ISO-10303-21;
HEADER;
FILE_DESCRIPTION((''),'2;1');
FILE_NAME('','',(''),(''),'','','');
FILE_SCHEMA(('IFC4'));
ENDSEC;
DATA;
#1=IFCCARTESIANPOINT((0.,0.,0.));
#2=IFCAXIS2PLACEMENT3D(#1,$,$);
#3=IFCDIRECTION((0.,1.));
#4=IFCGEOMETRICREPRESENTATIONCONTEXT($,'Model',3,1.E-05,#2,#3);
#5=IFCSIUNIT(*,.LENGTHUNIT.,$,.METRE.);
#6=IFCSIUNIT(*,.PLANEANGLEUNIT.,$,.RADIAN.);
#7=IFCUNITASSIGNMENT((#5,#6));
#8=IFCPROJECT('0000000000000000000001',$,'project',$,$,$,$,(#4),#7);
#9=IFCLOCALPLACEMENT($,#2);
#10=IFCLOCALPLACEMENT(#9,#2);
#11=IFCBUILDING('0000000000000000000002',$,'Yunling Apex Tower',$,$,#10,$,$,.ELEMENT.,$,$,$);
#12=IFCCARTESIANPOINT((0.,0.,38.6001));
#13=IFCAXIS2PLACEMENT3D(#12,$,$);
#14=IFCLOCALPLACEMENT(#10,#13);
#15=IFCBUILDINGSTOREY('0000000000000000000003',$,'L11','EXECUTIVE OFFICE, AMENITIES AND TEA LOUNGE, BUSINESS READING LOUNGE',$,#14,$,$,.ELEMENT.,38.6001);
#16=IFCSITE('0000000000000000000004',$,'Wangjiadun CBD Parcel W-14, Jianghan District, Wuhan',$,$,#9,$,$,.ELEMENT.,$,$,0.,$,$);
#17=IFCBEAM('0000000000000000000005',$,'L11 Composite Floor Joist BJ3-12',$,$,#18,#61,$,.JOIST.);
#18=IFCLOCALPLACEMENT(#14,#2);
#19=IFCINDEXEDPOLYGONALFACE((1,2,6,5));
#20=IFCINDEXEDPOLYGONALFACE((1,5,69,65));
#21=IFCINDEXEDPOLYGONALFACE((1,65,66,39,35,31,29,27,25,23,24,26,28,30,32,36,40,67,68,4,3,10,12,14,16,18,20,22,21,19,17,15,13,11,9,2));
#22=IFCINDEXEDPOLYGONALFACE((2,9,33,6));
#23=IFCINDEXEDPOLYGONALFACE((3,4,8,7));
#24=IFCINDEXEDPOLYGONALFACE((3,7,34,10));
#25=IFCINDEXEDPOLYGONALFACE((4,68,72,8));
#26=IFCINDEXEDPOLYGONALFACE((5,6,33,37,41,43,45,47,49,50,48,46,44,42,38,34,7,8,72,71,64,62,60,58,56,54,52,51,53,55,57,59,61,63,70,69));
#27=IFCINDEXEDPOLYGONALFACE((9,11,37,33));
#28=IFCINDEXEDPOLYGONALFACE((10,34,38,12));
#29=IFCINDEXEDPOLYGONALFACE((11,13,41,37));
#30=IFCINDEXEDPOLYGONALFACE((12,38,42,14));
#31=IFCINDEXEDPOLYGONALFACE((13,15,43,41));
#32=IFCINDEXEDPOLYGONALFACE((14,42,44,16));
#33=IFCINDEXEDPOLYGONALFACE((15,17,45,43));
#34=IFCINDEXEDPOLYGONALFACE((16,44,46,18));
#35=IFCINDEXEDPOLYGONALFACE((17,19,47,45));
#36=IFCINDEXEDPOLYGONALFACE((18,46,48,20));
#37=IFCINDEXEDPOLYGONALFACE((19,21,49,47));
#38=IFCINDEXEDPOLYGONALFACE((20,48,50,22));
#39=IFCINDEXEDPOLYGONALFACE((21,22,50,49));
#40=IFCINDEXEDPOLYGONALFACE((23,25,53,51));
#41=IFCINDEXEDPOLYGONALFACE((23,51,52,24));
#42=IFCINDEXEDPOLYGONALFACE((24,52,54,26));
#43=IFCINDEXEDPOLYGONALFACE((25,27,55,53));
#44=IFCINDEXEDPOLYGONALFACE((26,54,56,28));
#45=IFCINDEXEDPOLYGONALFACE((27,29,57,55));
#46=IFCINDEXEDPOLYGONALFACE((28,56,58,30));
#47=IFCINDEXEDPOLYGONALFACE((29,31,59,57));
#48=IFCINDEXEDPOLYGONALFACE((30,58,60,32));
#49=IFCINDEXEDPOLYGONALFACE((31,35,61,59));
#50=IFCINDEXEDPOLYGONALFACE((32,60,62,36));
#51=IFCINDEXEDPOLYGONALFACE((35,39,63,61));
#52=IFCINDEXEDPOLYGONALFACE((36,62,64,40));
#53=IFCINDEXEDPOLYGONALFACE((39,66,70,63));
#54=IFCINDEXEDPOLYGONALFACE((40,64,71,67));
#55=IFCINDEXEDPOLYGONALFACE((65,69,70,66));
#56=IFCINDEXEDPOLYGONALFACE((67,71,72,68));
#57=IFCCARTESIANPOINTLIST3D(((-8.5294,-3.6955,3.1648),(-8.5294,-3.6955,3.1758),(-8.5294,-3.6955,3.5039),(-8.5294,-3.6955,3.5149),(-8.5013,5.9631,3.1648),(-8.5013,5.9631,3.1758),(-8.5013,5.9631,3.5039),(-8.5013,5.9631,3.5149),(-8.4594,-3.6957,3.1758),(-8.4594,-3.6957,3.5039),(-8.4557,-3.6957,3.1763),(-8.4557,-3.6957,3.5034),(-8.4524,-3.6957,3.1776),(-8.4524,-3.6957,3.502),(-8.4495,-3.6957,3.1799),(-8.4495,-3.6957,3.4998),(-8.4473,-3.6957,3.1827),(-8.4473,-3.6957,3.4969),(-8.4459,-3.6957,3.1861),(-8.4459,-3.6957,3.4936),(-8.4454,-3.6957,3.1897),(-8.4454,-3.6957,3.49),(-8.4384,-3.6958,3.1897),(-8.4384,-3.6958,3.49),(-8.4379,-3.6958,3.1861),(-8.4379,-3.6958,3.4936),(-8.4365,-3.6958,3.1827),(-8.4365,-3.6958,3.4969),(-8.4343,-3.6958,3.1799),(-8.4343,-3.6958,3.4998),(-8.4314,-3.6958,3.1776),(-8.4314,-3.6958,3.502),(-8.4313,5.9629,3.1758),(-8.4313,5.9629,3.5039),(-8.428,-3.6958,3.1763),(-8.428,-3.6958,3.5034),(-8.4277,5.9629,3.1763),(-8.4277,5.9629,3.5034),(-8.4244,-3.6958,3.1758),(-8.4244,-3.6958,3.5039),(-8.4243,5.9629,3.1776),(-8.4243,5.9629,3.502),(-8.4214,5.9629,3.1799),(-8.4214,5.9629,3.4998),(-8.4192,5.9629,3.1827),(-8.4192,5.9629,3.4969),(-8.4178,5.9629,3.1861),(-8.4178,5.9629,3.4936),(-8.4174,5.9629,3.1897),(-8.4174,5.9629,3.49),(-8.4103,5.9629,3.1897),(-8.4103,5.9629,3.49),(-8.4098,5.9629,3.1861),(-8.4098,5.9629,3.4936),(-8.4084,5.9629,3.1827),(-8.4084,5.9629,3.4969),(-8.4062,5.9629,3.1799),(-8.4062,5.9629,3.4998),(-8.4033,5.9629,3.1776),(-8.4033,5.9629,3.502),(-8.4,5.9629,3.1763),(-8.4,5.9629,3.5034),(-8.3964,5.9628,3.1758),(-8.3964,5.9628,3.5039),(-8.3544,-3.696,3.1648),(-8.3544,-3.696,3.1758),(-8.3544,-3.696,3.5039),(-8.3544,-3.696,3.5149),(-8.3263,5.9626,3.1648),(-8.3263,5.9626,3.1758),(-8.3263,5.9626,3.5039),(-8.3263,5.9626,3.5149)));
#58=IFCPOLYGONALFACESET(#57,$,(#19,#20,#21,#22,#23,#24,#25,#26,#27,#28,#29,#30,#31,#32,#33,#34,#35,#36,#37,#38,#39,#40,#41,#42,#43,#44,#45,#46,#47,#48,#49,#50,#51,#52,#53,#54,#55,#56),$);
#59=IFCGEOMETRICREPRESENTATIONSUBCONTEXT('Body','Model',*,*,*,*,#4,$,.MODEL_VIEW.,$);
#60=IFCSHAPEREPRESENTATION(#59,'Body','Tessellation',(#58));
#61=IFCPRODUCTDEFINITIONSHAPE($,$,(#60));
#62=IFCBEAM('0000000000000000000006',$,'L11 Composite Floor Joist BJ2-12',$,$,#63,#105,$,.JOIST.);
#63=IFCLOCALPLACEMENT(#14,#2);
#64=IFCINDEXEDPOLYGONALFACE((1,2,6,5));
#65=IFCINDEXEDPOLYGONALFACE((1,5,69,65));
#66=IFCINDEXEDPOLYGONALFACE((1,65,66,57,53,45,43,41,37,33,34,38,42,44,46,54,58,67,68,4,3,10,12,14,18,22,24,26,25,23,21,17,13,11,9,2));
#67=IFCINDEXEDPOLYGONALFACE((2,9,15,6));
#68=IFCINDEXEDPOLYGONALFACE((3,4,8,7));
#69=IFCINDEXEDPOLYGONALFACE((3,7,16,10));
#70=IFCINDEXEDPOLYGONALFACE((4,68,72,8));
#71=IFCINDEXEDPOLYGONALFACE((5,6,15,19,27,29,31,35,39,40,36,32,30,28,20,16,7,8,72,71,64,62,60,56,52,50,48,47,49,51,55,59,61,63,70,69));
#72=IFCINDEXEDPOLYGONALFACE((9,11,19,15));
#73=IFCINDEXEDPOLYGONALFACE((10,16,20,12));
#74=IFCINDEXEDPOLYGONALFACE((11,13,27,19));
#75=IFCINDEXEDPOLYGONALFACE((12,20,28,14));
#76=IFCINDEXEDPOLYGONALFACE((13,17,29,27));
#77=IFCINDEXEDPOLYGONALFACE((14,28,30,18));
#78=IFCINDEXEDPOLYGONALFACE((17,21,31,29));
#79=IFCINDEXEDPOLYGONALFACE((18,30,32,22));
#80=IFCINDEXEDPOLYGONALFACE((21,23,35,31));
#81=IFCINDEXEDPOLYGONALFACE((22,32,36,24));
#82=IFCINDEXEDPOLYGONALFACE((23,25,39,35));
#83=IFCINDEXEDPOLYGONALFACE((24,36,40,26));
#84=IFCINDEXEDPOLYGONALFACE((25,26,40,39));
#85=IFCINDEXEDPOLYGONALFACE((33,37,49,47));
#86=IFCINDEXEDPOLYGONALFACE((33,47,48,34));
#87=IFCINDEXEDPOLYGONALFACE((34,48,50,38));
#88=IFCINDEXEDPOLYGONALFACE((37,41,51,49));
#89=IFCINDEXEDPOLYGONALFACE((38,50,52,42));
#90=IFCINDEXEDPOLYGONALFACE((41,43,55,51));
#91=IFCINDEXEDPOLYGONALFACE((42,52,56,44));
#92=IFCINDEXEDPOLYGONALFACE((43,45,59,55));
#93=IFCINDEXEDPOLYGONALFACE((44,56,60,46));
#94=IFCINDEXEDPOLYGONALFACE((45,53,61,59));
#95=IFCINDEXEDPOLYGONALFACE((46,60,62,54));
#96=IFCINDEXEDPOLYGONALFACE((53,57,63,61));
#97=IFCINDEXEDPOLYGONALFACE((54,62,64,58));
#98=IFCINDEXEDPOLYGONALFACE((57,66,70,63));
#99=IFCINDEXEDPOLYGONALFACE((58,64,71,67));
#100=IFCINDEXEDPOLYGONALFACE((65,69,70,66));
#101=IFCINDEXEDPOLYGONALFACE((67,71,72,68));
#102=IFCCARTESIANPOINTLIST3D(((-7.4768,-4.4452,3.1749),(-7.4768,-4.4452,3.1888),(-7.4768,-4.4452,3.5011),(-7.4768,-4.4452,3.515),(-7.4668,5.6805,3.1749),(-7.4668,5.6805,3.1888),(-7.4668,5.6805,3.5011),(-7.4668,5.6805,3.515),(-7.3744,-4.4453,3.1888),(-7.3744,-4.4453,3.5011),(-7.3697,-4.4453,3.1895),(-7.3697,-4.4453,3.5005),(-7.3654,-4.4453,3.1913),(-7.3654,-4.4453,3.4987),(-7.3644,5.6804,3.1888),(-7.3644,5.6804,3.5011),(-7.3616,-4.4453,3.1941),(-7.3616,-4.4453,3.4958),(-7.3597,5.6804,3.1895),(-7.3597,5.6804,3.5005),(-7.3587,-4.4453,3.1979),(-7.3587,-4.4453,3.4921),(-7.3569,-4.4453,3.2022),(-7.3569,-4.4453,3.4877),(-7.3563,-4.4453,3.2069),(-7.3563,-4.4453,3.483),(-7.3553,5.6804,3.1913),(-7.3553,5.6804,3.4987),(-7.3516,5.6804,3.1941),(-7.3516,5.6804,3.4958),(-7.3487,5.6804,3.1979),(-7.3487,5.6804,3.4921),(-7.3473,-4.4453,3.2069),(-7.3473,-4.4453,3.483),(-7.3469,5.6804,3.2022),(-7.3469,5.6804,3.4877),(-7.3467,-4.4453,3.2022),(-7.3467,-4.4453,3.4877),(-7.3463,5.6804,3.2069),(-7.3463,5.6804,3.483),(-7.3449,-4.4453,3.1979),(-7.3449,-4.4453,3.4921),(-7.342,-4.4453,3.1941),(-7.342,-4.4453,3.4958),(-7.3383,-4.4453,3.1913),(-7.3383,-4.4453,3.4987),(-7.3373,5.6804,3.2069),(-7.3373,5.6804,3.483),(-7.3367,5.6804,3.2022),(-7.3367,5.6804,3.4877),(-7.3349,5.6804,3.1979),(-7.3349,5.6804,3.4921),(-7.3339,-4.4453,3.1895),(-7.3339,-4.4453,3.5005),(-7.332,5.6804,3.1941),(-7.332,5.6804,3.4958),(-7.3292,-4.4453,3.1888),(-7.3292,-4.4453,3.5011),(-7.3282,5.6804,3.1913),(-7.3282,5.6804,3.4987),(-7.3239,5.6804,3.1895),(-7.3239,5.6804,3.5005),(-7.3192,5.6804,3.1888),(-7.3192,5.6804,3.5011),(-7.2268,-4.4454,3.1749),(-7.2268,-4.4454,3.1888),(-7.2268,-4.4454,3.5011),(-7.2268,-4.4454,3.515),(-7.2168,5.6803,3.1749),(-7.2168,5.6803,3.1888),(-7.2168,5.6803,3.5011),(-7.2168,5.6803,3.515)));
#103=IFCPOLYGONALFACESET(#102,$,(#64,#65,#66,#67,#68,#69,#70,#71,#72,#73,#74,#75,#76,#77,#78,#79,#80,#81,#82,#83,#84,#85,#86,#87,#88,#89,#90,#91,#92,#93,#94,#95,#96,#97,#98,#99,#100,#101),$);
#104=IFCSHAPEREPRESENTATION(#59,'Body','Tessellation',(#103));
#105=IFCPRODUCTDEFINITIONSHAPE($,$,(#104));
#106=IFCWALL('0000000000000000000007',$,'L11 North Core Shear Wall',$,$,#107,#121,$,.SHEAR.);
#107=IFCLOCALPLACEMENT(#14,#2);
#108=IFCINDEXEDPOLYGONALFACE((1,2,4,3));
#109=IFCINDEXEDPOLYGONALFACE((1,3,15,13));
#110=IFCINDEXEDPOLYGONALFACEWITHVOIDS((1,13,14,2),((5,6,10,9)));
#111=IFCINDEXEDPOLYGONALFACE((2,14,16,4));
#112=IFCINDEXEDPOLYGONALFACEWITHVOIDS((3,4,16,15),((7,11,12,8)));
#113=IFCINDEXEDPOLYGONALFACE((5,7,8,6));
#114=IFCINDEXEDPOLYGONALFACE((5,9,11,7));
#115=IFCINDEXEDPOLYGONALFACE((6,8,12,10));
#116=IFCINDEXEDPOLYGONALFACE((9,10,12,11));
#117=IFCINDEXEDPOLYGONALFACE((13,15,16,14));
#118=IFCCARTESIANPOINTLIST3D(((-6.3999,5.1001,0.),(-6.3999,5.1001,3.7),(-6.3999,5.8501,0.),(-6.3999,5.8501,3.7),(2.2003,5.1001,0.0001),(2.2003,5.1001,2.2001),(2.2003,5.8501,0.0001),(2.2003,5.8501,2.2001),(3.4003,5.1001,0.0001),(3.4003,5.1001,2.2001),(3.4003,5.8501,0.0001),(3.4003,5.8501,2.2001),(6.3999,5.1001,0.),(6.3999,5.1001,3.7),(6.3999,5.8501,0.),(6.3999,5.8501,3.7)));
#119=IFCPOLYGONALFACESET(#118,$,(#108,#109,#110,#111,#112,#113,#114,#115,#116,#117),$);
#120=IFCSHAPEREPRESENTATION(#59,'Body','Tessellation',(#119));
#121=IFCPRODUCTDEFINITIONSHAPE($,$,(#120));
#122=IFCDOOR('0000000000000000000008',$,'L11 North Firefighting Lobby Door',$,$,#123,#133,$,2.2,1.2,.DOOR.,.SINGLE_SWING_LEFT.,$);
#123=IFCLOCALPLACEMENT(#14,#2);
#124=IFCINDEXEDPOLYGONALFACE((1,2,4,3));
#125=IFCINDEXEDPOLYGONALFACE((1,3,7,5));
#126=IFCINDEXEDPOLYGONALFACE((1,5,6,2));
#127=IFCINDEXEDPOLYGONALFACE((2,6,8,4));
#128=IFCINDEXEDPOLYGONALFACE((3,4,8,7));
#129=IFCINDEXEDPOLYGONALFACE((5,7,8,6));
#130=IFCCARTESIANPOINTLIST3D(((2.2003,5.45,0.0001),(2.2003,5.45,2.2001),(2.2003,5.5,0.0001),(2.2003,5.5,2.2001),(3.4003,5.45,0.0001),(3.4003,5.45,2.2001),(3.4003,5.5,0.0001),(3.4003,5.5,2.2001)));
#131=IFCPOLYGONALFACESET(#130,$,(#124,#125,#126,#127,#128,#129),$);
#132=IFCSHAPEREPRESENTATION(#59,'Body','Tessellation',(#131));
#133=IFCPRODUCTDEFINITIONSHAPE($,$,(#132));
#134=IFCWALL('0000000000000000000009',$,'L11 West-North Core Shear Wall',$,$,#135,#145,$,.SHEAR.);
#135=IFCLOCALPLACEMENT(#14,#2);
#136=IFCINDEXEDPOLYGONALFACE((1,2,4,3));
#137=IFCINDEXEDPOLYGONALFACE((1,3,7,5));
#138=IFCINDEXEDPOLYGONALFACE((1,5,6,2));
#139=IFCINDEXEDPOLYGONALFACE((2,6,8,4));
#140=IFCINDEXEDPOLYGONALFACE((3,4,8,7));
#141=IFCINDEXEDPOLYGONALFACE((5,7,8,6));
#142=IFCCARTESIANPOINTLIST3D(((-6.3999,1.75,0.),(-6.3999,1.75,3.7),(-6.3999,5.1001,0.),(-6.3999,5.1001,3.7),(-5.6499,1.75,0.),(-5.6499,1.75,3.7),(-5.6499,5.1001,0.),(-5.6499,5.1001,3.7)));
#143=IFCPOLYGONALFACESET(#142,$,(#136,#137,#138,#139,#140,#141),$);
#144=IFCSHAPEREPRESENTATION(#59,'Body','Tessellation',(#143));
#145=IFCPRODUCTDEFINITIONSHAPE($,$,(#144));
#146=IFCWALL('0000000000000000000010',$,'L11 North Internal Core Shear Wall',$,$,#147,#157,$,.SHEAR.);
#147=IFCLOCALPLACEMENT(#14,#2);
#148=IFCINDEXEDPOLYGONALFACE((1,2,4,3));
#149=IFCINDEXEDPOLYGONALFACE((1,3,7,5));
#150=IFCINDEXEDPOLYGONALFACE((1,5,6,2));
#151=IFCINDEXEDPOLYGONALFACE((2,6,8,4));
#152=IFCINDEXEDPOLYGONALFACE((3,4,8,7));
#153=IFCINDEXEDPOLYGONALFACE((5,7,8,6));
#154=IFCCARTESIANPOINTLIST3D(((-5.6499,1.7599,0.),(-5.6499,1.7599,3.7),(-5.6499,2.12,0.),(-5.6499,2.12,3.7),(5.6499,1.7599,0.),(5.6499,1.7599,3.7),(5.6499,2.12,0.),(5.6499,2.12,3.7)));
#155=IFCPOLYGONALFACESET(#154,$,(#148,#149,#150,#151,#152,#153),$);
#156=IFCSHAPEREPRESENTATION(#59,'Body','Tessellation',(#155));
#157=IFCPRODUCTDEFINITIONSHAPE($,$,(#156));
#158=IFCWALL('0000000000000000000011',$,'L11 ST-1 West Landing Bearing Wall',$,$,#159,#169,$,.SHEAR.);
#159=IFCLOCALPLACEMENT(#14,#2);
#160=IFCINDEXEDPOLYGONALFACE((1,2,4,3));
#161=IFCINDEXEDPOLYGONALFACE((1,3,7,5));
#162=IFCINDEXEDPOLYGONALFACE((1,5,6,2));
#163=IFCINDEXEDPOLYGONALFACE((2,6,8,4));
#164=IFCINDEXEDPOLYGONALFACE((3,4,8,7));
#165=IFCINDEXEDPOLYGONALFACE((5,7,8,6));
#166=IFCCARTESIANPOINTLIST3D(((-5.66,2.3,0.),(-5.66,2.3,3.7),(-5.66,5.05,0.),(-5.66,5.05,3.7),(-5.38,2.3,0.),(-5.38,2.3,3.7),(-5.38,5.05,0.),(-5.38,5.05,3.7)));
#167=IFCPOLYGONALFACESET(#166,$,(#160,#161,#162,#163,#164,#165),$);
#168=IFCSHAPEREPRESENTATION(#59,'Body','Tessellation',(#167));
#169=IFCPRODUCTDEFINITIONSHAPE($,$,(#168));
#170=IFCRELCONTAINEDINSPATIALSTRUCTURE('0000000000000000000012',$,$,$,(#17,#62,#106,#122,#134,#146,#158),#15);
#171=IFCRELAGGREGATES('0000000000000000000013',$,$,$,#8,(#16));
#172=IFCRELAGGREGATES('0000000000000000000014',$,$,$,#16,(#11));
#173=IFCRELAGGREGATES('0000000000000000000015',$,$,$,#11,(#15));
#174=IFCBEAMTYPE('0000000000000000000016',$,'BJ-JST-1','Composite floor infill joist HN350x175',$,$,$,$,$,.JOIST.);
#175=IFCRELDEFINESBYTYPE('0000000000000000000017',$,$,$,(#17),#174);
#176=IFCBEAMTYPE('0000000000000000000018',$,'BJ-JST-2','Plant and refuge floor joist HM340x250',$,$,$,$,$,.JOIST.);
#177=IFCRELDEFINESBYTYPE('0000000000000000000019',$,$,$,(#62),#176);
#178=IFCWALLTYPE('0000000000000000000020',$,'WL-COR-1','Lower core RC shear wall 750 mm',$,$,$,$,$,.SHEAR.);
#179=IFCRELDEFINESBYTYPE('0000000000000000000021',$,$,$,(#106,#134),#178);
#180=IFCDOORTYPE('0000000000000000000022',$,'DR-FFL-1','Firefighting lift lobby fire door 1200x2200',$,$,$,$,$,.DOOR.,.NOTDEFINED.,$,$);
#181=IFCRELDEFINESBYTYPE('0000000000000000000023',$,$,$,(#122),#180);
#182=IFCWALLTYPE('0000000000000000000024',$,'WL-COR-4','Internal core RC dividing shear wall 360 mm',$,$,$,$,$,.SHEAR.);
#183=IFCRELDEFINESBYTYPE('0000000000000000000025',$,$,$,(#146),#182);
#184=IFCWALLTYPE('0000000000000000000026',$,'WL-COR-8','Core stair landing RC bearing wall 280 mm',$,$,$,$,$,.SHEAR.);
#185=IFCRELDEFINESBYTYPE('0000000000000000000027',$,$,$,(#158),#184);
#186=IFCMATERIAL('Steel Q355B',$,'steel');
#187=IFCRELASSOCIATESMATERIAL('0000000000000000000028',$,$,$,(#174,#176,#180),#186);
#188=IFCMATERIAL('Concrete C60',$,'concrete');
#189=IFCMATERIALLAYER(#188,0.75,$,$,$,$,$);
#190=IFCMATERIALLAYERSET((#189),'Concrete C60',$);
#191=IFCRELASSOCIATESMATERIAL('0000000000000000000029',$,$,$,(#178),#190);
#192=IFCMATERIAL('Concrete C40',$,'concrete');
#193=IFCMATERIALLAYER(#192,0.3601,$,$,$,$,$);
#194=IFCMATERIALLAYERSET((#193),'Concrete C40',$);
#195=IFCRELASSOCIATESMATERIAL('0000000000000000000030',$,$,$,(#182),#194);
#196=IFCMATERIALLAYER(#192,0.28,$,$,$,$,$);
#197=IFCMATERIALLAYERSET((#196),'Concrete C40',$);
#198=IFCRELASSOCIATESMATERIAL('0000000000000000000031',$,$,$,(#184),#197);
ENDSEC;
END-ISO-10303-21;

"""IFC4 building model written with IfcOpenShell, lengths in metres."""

from ifc_helpers import new_model, si_unit, direction, frame, frame_2d, origin, origin_2d, place, context, subcontext, project, spatial, rectangle, i_section, extrude, source, transform, mapped, material, layer, layer_set, material_profile, profile_set, type_object, element, fill, save


model = new_model("IFC4")

# Units and contexts
model_context = context("Model", 3, precision=1e-05, world=origin(), true_north=direction((0.0, 1.0)))
body_context = subcontext(model_context, "Body", "Model", "MODEL_VIEW")
ifc_project = project(units=[si_unit("LENGTHUNIT", "METRE"), si_unit("PLANEANGLEUNIT", "RADIAN")], contexts=[model_context])

# Site, building, storey
site_placement = place(None, origin())
site = spatial("IfcSite", under=ifc_project, at=site_placement, Name="Wangjiadun CBD Parcel W-14, Jianghan District, Wuhan", CompositionType="ELEMENT", RefElevation=0.0)
building_placement = place(site_placement, origin())
building = spatial("IfcBuilding", under=site, at=building_placement, Name="Yunling Apex Tower", CompositionType="ELEMENT")
storey_placement = place(building_placement, frame((0.0, 0.0, 38.6001)))
storey = spatial("IfcBuildingStorey", under=building, at=storey_placement, Name="L11", Description="EXECUTIVE OFFICE, AMENITIES AND TEA LOUNGE, BUSINESS READING LOUNGE", CompositionType="ELEMENT", Elevation=38.6001)

# Shared definitions
ifc_material_1 = material(Name="Concrete C60", Category="concrete")

# Beams
ifc_material_2 = material(Name="Steel Q355B", Category="steel")
ifc_material_profile_1 = material_profile(ifc_material_2, i_section(OverallWidth=0.175, OverallDepth=0.3501, WebThickness=0.0071, FlangeThickness=0.011, FilletRadius=0.0139, at=origin_2d()))
ifc_profile_set_1 = profile_set([ifc_material_profile_1], Name="Steel Q355B")
beam_type_1 = type_object("IfcBeamType", Name="BJ-JST-1", Description="Composite floor infill joist HN350x175", PredefinedType="JOIST", material=ifc_profile_set_1)
shared_shape_1 = source(origin(), body_context, "Body", "SweptSolid", [
    extrude(i_section(OverallWidth=0.175, OverallDepth=0.3501, WebThickness=0.0071, FlangeThickness=0.011, FilletRadius=0.0139, at=origin_2d()), origin(), (0.0, 0.0, 1.0), 9.6587),
])
beam_1_placement = place(storey_placement, frame((-8.4138, 5.9629, 3.3398), z_axis=(-0.002907, -0.999996, 0.0), x_axis=(0.999996, -0.002907, 0.0)))
element("IfcBeam", 1, at=beam_1_placement, inside=storey, type_object=beam_type_1, Name="L11 Composite Floor Joist BJ3-12", PredefinedType="JOIST", context=body_context, shape_type="MappedRepresentation", body=[
    mapped(shared_shape_1, transform((0.0, 0.0, 0.0), scale=1.0)),
])
ifc_material_profile_2 = material_profile(ifc_material_2, i_section(OverallWidth=0.25, OverallDepth=0.3401, WebThickness=0.009, FlangeThickness=0.0139, FilletRadius=0.0181, at=origin_2d()))
ifc_profile_set_2 = profile_set([ifc_material_profile_2], Name="Steel Q355B")
beam_type_2 = type_object("IfcBeamType", Name="BJ-JST-2", Description="Plant and refuge floor joist HM340x250", PredefinedType="JOIST", material=ifc_profile_set_2)
shared_shape_2 = source(origin(), body_context, "Body", "SweptSolid", [
    extrude(i_section(OverallWidth=0.25, OverallDepth=0.3401, WebThickness=0.009, FlangeThickness=0.0139, FilletRadius=0.0181, at=origin_2d()), origin(), (0.0, 0.0, 1.0), 10.1257),
])
beam_2_placement = place(storey_placement, frame((-7.3418, 5.6804, 3.345), z_axis=(-0.000989, -1.0, 0.0), x_axis=(1.0, -0.000989, 0.0)))
element("IfcBeam", 2, at=beam_2_placement, inside=storey, type_object=beam_type_2, Name="L11 Composite Floor Joist BJ2-12", PredefinedType="JOIST", context=body_context, shape_type="MappedRepresentation", body=[
    mapped(shared_shape_2, transform((0.0, 0.0, 0.0), scale=1.0)),
])

# Wall, opening, door
ifc_layer_1 = layer(ifc_material_1, 0.75)
ifc_layer_set_1 = layer_set([ifc_layer_1], Name="Concrete C60")
wall_type_1 = type_object("IfcWallType", Name="WL-COR-1", Description="Lower core RC shear wall 750 mm", PredefinedType="SHEAR", material=ifc_layer_set_1)
wall_1_placement = place(storey_placement, frame((-6.3999, 5.4751, 0.0), z_axis=(0.0, 0.0, 1.0), x_axis=(1.0, 0.0, 0.0)))
wall_1 = element("IfcWall", 3, at=wall_1_placement, inside=storey, type_object=wall_type_1, Name="L11 North Core Shear Wall", PredefinedType="SHEAR", context=body_context, shape_type="SweptSolid", body=[
    extrude(rectangle(XDim=12.7998, YDim=0.75, at=frame_2d((6.3999, 0.0))), origin(), (0.0, 0.0, 1.0), 3.7),
])
opening_1_placement = place(wall_1_placement, frame((8.6001, 0.0, 0.0)))
opening_1 = element("IfcOpeningElement", 4, at=opening_1_placement, cuts=wall_1, PredefinedType="OPENING", context=body_context, shape_type="SweptSolid", body=[
    extrude(rectangle(XDim=1.2, YDim=2.2, at=frame_2d((0.6001, 1.1001))), frame((0.0, 0.385, 0.0), z_axis=(0.0, -1.0, 0.0), x_axis=(1.0, 0.0, 0.0)), (0.0, 0.0, 1.0), 0.77),
])
door_type_1 = type_object("IfcDoorType", Name="DR-FFL-1", Description="Firefighting lift lobby fire door 1200x2200", OperationType="NOTDEFINED", PredefinedType="DOOR", material=ifc_material_2)
door_1_placement = place(opening_1_placement, origin())
door_1 = element("IfcDoor", 5, at=door_1_placement, inside=storey, type_object=door_type_1, Name="L11 North Firefighting Lobby Door", OperationType="SINGLE_SWING_LEFT", OverallHeight=2.2, OverallWidth=1.2, PredefinedType="DOOR", context=body_context, shape_type="SweptSolid", body=[
    extrude(rectangle(XDim=1.2, YDim=2.2, at=frame_2d((0.6001, 1.1001))), frame((0.0, 0.0249, 0.0), z_axis=(0.0, -1.0, 0.0), x_axis=(1.0, 0.0, 0.0)), (0.0, 0.0, 1.0), 0.05),
])
fill(opening_1, door_1)

# Walls
wall_2_placement = place(storey_placement, frame((-6.0249, 1.75, 0.0), z_axis=(0.0, 0.0, 1.0), x_axis=(0.0, 1.0, 0.0)))
element("IfcWall", 6, at=wall_2_placement, inside=storey, type_object=wall_type_1, Name="L11 West-North Core Shear Wall", PredefinedType="SHEAR", context=body_context, shape_type="SweptSolid", body=[
    extrude(rectangle(XDim=3.3501, YDim=0.75, at=frame_2d((1.675, 0.0))), origin(), (0.0, 0.0, 1.0), 3.7),
])
ifc_material_3 = material(Name="Concrete C40", Category="concrete")
ifc_layer_2 = layer(ifc_material_3, 0.3601)
ifc_layer_set_2 = layer_set([ifc_layer_2], Name="Concrete C40")
wall_type_2 = type_object("IfcWallType", Name="WL-COR-4", Description="Internal core RC dividing shear wall 360 mm", PredefinedType="SHEAR", material=ifc_layer_set_2)
wall_3_placement = place(storey_placement, frame((-5.6499, 1.9399, 0.0), z_axis=(0.0, 0.0, 1.0), x_axis=(1.0, 0.0, 0.0)))
element("IfcWall", 7, at=wall_3_placement, inside=storey, type_object=wall_type_2, Name="L11 North Internal Core Shear Wall", PredefinedType="SHEAR", context=body_context, shape_type="SweptSolid", body=[
    extrude(rectangle(XDim=11.2998, YDim=0.3601, at=frame_2d((5.6499, 0.0))), origin(), (0.0, 0.0, 1.0), 3.7),
])
ifc_layer_3 = layer(ifc_material_3, 0.28)
ifc_layer_set_3 = layer_set([ifc_layer_3], Name="Concrete C40")
wall_type_3 = type_object("IfcWallType", Name="WL-COR-8", Description="Core stair landing RC bearing wall 280 mm", PredefinedType="SHEAR", material=ifc_layer_set_3)
wall_4_placement = place(storey_placement, frame((-5.52, 2.3, 0.0), z_axis=(0.0, 0.0, 1.0), x_axis=(0.0, 1.0, 0.0)))
element("IfcWall", 8, at=wall_4_placement, inside=storey, type_object=wall_type_3, Name="L11 ST-1 West Landing Bearing Wall", PredefinedType="SHEAR", context=body_context, shape_type="SweptSolid", body=[
    extrude(rectangle(XDim=2.75, YDim=0.28, at=frame_2d((1.375, 0.0))), origin(), (0.0, 0.0, 1.0), 3.7),
])

save(model, "model.ifc")
